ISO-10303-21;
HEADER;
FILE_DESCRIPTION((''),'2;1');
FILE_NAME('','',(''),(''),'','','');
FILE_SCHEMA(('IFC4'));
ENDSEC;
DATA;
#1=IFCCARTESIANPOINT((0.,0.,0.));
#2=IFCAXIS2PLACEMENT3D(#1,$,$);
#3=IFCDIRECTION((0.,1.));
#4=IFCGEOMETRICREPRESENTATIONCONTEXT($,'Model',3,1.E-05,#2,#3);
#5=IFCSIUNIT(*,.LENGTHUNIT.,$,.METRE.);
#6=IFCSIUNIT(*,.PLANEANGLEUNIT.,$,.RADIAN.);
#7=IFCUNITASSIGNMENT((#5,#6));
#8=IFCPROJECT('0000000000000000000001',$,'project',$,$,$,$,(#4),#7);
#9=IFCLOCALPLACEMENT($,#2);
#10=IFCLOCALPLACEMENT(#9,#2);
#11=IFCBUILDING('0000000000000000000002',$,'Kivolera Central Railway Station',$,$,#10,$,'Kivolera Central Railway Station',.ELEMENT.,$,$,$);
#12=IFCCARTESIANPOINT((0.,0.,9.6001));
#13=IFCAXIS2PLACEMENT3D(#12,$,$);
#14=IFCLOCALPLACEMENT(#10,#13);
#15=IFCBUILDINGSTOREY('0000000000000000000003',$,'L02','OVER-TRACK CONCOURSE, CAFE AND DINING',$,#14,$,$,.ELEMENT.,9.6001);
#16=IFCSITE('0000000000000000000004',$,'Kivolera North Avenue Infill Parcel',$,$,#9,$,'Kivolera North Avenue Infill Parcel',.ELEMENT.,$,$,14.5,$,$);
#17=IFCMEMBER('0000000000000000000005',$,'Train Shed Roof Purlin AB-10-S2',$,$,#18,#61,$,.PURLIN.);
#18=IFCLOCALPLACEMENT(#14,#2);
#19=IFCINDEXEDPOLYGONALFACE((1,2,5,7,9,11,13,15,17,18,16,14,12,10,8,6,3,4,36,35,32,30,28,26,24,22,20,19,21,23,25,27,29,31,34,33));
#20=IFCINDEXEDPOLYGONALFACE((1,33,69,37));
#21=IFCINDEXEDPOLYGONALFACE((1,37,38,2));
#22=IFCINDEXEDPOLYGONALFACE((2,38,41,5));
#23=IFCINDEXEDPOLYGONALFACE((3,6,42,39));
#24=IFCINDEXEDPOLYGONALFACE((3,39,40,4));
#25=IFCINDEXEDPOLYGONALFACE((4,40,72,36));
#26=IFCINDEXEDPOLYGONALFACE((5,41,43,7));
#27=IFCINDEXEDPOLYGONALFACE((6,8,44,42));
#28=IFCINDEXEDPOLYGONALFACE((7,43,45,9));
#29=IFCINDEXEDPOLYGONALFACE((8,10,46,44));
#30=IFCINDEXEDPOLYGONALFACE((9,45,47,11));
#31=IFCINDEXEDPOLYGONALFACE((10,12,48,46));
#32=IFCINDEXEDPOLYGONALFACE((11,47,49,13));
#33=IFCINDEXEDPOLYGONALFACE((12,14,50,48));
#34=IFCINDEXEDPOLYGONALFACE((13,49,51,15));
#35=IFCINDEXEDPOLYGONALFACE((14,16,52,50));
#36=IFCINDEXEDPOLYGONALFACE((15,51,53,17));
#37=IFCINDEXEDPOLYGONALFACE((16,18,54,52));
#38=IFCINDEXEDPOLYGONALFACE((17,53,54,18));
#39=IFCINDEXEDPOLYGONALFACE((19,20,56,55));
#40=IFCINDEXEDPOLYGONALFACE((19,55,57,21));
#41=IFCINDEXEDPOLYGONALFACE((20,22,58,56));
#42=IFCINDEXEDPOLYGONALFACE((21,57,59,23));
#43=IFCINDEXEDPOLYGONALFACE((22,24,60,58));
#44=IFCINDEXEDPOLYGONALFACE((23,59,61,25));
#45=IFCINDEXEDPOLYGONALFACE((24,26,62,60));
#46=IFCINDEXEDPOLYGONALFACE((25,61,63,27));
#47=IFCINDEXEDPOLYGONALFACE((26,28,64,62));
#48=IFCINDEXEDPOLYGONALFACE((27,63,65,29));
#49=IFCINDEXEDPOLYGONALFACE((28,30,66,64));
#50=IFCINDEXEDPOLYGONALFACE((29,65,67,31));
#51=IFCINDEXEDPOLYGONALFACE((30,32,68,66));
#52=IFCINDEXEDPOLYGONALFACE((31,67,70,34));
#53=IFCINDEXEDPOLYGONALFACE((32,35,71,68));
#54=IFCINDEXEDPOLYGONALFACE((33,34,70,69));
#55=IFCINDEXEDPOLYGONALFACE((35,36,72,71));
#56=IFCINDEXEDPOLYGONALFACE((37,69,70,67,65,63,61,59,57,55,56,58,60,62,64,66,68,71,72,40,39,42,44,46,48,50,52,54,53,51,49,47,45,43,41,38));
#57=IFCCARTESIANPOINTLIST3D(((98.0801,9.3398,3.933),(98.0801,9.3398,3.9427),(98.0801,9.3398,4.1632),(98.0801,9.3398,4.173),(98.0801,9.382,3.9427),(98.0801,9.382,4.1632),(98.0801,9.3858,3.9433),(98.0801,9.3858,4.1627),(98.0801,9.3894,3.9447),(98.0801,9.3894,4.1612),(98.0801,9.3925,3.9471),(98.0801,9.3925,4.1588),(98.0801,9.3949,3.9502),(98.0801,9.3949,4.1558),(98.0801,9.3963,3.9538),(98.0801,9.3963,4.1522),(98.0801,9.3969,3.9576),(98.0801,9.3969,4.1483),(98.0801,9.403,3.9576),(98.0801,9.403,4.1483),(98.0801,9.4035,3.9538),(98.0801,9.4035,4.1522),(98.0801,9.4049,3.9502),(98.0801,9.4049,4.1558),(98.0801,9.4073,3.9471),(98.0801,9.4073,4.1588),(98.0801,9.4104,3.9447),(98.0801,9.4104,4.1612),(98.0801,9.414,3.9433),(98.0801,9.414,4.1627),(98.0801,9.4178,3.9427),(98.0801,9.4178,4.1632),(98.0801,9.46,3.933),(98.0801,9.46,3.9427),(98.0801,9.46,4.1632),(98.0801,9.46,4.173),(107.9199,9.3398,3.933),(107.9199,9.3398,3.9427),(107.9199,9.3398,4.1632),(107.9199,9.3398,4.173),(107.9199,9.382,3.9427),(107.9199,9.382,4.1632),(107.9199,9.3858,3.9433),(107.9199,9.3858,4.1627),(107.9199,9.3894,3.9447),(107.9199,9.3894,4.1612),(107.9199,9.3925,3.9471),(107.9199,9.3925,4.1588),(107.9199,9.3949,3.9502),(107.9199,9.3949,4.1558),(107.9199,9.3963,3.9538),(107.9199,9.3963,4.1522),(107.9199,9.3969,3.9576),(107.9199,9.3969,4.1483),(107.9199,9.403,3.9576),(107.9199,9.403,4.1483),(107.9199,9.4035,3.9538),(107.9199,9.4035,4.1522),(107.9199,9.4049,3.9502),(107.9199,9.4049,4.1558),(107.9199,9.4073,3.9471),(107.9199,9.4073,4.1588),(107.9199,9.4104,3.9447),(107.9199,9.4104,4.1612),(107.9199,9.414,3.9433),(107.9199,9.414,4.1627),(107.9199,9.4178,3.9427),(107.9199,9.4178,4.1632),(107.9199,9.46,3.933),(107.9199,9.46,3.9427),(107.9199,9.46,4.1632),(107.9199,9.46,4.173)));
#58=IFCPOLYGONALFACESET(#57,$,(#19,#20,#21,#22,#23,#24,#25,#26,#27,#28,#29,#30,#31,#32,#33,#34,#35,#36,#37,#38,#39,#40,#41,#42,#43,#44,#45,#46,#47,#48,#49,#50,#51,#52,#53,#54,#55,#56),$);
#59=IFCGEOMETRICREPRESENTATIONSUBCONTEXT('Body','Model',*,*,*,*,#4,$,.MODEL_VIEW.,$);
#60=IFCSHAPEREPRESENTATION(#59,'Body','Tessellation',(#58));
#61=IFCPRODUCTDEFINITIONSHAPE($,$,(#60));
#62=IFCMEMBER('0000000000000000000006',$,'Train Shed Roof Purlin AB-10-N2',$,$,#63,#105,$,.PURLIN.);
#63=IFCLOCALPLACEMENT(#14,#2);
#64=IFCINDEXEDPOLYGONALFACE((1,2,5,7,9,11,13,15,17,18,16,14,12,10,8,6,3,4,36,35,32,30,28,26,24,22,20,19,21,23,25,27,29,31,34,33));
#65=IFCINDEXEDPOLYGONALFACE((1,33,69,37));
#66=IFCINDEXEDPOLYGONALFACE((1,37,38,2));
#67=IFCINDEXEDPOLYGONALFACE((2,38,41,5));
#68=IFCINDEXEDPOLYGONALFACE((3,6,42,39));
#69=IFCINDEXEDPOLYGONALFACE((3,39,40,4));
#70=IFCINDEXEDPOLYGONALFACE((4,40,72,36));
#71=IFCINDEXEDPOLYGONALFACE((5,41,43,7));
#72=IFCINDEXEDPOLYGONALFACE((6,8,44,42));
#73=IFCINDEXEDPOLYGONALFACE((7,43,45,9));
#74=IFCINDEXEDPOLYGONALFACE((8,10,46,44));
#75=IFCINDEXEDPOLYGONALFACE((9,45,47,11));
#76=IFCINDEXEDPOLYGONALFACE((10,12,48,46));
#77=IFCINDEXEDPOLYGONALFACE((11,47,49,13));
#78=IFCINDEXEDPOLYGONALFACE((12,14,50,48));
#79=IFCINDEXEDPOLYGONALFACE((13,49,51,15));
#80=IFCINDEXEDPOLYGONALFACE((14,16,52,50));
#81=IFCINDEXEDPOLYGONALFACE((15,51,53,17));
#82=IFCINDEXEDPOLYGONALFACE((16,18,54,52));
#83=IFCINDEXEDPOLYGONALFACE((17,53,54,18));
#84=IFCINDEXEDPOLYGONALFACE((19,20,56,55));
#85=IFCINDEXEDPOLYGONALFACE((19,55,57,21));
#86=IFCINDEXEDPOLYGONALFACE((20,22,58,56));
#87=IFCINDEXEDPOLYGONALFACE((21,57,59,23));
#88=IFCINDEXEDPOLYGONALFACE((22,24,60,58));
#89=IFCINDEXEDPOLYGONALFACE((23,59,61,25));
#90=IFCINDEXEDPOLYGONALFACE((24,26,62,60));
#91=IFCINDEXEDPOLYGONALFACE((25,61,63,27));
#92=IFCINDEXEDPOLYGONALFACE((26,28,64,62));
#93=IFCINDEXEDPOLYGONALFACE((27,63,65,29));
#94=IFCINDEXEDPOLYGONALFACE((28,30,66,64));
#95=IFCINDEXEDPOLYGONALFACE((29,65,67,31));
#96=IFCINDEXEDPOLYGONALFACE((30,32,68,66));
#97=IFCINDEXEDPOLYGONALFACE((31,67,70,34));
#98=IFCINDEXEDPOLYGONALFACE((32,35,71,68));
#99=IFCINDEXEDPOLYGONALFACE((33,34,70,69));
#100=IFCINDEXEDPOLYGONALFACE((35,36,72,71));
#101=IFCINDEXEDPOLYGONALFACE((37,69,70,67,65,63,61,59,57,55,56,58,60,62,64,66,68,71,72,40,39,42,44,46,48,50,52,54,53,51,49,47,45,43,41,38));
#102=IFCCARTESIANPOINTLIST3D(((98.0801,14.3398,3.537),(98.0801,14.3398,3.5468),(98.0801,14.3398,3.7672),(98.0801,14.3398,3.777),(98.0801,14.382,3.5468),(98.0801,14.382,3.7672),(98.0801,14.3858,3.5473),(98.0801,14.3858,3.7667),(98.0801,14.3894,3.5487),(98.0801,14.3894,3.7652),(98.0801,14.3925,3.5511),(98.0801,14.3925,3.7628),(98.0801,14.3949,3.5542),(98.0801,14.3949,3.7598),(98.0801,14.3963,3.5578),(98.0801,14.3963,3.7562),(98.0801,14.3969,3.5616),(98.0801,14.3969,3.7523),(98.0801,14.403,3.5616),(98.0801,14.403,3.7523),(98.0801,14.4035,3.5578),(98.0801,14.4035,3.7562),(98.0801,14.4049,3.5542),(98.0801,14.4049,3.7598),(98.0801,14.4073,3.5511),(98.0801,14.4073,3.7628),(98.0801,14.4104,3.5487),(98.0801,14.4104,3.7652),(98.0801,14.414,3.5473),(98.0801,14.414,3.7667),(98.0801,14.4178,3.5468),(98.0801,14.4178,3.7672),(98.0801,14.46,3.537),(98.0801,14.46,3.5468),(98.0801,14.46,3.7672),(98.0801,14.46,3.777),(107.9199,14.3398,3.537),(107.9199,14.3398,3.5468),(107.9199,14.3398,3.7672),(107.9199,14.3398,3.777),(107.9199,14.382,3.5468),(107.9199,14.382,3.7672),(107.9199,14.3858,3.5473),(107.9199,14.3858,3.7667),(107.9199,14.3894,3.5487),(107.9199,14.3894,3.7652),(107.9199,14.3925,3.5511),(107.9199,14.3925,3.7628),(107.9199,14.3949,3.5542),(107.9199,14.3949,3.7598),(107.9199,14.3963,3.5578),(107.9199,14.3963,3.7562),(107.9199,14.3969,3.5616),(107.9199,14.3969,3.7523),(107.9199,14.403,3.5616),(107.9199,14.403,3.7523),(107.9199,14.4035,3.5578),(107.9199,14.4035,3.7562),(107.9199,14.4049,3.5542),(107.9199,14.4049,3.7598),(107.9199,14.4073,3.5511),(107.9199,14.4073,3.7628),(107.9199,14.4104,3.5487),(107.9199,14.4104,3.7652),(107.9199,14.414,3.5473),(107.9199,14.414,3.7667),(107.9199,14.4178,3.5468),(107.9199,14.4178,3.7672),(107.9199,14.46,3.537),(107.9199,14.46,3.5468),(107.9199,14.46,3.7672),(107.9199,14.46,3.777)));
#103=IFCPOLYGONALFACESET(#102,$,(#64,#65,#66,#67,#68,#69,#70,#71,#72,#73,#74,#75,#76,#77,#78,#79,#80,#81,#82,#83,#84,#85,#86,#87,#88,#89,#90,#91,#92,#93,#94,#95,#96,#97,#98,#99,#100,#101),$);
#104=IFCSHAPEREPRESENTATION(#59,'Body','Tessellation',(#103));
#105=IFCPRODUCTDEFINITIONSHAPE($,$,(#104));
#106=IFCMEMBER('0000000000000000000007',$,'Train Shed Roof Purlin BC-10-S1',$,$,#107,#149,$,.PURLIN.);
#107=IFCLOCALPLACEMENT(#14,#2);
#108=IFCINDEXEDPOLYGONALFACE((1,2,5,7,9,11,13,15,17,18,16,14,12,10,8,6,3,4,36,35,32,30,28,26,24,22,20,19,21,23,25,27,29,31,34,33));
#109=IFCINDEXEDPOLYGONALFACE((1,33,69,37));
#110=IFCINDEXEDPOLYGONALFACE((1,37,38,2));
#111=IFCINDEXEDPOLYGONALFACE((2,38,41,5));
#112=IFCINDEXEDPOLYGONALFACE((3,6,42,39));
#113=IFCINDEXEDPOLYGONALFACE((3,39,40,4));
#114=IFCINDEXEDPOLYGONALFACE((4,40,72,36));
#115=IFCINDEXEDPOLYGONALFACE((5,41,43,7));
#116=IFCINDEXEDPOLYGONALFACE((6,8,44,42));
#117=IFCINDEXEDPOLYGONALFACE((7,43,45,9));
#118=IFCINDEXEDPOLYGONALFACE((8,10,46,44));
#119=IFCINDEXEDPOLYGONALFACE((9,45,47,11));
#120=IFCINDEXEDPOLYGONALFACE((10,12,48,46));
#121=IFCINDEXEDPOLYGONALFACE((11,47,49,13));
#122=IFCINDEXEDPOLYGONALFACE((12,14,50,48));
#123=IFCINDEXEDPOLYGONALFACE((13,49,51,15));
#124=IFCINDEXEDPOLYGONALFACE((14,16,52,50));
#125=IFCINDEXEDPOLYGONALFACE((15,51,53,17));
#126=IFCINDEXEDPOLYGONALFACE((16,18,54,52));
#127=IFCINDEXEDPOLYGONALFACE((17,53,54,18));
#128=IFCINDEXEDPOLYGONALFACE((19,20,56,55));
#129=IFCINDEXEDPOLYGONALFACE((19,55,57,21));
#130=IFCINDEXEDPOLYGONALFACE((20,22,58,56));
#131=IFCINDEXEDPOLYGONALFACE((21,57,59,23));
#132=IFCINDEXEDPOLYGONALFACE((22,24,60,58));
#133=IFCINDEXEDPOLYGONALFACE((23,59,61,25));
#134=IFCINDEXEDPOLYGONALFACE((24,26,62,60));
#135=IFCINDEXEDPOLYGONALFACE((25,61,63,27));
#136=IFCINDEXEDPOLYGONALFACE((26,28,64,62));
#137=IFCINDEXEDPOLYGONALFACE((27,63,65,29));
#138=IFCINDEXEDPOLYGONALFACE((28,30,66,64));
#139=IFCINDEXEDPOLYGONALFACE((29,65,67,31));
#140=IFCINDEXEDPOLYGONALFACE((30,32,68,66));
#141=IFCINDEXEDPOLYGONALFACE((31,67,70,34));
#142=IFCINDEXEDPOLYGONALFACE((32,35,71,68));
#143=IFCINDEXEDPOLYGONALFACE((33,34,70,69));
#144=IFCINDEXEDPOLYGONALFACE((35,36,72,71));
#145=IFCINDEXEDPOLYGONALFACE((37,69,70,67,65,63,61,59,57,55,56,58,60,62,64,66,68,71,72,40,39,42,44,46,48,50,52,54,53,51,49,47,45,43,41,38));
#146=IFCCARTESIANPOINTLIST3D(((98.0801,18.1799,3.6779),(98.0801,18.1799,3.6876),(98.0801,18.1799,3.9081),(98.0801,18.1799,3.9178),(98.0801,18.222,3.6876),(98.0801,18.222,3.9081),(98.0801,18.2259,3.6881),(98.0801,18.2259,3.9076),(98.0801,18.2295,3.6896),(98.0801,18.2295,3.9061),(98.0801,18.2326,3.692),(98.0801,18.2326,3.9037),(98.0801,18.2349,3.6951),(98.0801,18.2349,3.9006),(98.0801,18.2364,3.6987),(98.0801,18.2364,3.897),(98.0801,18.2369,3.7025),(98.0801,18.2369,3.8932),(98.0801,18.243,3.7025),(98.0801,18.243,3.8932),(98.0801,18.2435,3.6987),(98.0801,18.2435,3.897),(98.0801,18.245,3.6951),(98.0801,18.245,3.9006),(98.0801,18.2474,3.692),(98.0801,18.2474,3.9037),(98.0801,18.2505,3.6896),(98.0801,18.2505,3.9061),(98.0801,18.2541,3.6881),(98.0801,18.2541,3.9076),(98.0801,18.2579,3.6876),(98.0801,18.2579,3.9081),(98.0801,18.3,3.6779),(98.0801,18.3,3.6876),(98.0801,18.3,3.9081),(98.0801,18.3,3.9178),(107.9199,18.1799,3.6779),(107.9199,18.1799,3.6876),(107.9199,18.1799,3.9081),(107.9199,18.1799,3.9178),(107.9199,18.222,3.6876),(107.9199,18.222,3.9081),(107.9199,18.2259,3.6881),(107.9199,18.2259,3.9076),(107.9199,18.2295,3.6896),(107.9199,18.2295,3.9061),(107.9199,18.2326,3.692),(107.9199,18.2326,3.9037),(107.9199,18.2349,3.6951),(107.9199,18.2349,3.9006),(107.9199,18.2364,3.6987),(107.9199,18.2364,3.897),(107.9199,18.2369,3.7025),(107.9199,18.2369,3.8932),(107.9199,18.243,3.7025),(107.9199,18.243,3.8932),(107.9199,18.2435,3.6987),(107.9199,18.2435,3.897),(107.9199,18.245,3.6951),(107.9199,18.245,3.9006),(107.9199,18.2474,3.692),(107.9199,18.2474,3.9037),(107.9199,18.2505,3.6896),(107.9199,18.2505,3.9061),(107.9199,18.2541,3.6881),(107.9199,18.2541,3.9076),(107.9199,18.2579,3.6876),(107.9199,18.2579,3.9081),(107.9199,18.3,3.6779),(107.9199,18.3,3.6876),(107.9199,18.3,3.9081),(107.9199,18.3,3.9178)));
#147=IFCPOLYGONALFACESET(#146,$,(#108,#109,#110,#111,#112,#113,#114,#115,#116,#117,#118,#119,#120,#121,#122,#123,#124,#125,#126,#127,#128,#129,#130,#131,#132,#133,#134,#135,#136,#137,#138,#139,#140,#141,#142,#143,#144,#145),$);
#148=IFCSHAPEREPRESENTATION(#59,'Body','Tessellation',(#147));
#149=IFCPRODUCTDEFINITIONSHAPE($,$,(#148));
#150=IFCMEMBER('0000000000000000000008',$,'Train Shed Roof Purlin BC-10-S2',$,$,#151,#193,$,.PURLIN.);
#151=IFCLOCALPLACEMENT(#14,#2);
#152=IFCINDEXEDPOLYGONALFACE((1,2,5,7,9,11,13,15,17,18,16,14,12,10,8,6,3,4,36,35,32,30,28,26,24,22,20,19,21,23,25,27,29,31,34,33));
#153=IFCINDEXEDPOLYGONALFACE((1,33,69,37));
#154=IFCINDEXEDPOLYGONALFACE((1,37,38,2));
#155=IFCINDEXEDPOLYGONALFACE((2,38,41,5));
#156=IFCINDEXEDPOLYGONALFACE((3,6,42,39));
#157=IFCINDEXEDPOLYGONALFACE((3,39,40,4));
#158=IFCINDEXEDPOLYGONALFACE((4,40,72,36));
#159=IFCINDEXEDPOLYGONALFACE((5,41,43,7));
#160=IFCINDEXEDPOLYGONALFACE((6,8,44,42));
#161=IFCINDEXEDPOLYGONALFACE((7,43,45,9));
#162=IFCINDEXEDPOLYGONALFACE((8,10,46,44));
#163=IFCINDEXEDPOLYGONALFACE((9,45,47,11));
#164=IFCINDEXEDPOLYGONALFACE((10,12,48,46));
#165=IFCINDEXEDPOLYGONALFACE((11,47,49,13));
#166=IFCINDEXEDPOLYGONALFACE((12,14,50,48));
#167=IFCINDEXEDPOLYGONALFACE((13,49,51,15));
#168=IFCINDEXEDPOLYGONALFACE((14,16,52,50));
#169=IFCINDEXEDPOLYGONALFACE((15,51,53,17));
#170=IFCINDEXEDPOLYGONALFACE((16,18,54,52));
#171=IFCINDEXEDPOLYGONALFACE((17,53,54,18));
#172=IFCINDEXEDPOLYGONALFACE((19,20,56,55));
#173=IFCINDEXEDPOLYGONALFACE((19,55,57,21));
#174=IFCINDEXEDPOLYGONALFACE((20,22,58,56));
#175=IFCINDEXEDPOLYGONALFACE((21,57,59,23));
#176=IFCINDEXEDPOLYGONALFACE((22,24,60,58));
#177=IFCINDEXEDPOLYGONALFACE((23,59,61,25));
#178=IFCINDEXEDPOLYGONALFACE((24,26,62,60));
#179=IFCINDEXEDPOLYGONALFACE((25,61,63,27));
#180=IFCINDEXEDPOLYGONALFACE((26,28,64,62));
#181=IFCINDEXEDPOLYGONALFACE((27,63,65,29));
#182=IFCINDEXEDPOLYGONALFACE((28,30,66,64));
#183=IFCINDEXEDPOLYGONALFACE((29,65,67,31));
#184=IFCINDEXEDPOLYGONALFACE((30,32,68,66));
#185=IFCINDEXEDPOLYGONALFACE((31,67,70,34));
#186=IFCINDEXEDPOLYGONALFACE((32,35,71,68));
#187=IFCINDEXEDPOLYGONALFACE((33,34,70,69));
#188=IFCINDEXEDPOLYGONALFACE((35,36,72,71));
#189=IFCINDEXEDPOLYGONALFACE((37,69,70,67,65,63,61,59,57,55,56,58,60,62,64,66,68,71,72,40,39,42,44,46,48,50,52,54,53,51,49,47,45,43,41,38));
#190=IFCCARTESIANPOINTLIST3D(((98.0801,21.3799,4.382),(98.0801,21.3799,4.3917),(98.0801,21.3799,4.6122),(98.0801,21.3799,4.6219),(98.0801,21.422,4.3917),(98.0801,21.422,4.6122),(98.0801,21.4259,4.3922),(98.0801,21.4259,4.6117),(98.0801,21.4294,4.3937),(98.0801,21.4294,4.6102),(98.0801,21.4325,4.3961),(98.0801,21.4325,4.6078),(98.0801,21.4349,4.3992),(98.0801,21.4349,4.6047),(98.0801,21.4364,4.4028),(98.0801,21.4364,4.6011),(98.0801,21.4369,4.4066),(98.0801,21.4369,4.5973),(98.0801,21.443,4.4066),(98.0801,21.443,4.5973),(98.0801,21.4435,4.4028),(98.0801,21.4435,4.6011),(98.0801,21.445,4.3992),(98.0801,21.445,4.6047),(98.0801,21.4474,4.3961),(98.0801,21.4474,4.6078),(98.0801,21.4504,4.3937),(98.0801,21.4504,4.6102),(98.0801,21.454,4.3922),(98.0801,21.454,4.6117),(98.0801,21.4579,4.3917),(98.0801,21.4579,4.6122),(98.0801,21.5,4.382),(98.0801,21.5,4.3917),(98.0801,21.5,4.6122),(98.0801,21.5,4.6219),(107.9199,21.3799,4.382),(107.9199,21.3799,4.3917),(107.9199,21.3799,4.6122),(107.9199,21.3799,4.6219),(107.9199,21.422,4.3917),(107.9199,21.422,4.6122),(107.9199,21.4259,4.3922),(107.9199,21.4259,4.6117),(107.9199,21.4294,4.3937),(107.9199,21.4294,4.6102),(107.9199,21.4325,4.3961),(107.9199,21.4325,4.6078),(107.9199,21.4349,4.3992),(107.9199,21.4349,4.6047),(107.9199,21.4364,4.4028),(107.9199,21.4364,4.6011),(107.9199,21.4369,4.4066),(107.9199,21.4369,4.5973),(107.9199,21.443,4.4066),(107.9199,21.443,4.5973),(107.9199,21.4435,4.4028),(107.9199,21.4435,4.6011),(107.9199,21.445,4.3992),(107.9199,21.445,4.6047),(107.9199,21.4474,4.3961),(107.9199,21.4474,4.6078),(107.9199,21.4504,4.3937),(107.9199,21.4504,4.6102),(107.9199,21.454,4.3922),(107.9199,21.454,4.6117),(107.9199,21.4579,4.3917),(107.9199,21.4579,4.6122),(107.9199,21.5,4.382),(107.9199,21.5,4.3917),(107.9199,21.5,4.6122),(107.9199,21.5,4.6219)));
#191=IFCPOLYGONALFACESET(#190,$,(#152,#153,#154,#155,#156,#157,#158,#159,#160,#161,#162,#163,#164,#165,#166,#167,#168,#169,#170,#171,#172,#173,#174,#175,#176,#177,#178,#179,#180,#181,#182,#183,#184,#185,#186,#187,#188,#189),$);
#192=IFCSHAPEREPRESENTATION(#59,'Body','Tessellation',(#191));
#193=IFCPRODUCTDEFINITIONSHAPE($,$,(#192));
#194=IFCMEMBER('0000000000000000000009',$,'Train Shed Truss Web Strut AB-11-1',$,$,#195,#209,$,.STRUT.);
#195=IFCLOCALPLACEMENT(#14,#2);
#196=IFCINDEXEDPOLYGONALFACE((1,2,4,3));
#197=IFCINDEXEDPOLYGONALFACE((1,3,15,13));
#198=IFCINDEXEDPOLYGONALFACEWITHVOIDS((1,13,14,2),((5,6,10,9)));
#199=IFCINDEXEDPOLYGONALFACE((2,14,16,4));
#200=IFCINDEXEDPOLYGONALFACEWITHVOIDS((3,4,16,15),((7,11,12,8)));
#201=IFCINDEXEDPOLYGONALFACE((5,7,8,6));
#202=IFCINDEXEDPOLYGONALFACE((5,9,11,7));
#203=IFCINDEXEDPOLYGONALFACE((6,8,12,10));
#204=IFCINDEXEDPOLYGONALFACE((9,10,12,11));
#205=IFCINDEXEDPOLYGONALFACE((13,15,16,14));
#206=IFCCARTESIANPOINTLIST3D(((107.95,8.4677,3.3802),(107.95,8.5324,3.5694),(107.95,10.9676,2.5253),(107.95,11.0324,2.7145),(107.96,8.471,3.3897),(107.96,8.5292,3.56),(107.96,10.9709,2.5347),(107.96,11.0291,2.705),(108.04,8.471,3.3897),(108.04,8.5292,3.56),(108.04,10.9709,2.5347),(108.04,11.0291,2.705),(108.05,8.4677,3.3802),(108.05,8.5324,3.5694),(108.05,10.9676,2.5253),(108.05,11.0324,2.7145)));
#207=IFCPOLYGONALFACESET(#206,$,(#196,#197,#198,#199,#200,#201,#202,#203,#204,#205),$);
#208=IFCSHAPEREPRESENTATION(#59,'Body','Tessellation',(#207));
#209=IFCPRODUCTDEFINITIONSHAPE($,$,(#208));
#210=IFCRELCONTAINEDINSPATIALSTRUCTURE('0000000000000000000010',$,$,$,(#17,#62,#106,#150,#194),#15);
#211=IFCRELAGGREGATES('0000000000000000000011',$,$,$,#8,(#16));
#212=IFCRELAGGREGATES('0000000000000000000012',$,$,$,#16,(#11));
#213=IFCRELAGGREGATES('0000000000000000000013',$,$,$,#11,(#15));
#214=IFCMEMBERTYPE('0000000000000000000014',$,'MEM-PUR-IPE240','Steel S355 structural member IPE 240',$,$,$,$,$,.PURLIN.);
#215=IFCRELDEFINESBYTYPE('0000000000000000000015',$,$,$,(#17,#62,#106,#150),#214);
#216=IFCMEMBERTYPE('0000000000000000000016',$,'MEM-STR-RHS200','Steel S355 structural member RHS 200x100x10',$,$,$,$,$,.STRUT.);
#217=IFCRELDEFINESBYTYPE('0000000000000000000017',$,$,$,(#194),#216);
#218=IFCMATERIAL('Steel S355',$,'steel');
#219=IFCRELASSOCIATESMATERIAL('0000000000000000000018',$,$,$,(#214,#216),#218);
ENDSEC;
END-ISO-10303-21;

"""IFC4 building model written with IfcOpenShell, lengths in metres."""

from ifc_helpers import new_model, si_unit, direction, frame, origin, origin_2d, place, context, subcontext, project, spatial, hollow_rectangle, i_section, extrude, material, material_profile, profile_set, type_object, element, save


model = new_model("IFC4")

# Units and contexts
model_context = context("Model", 3, precision=1e-05, world=origin(), true_north=direction((0.0, 1.0)))
body_context = subcontext(model_context, "Body", "Model", "MODEL_VIEW")
ifc_project = project(units=[si_unit("LENGTHUNIT", "METRE"), si_unit("PLANEANGLEUNIT", "RADIAN")], contexts=[model_context])

# Site, building, storey
site_placement = place(None, origin())
site = spatial("IfcSite", under=ifc_project, at=site_placement, Name="Kivolera North Avenue Infill Parcel", LongName="Kivolera North Avenue Infill Parcel", CompositionType="ELEMENT", RefElevation=14.5)
building_placement = place(site_placement, origin())
building = spatial("IfcBuilding", under=site, at=building_placement, Name="Kivolera Central Railway Station", LongName="Kivolera Central Railway Station", CompositionType="ELEMENT")
storey_placement = place(building_placement, frame((0.0, 0.0, 9.6001)))
storey = spatial("IfcBuildingStorey", under=building, at=storey_placement, Name="L02", Description="OVER-TRACK CONCOURSE, CAFE AND DINING", CompositionType="ELEMENT", Elevation=9.6001)

# Shared definitions
ifc_material_1 = material(Name="Steel S355", Category="steel")

# Members
ifc_material_profile_1 = material_profile(ifc_material_1, i_section(OverallWidth=0.1201, OverallDepth=0.24, WebThickness=0.0061, FlangeThickness=0.0098, FilletRadius=0.0149, at=origin_2d()), Name="IPE 240")
ifc_profile_set_1 = profile_set([ifc_material_profile_1], Name="Steel S355")
member_type_1 = type_object("IfcMemberType", Name="MEM-PUR-IPE240", Description="Steel S355 structural member IPE 240", PredefinedType="PURLIN", material=ifc_profile_set_1)
for number, where, z_axis, x_axis, name in (
    (1, (98.0801, 9.3999, 4.053), (1.0, 0.0, 0.0), (0.0, 1.0, 0.0), "Train Shed Roof Purlin AB-10-S2"),
    (2, (98.0801, 14.3999, 3.657), (1.0, 0.0, 0.0), (0.0, 1.0, 0.0), "Train Shed Roof Purlin AB-10-N2"),
    (3, (98.0801, 18.24, 3.7979), (1.0, 0.0, 0.0), (0.0, 1.0, 0.0), "Train Shed Roof Purlin BC-10-S1"),
    (4, (98.0801, 21.4399, 4.502), (1.0, 0.0, 0.0), (0.0, 1.0, 0.0), "Train Shed Roof Purlin BC-10-S2"),
):
    element("IfcMember", number, at=place(storey_placement, frame(where, z_axis=z_axis, x_axis=x_axis)), inside=storey, type_object=member_type_1, Name=name, PredefinedType="PURLIN", context=body_context, shape_type="SweptSolid", body=[
        extrude(i_section(OverallWidth=0.1201, OverallDepth=0.24, WebThickness=0.0061, FlangeThickness=0.0098, FilletRadius=0.0149, at=origin_2d()), origin(), (0.0, 0.0, 1.0), 9.8398),
    ])
ifc_material_profile_2 = material_profile(ifc_material_1, hollow_rectangle(XDim=0.1001, YDim=0.2, WallThickness=0.01, at=origin_2d()), Name="RHS 200x100x10")
ifc_profile_set_2 = profile_set([ifc_material_profile_2], Name="Steel S355")
member_type_2 = type_object("IfcMemberType", Name="MEM-STR-RHS200", Description="Steel S355 structural member RHS 200x100x10", PredefinedType="STRUT", material=ifc_profile_set_2)
for number, where, z_axis, x_axis, name in (
    (5, (108.0, 11.0, 2.6199), (0.0, -0.946197, 0.323592), (1.0, 0.0, 0.0), "Train Shed Truss Web Strut AB-11-1"),
):
    element("IfcMember", number, at=place(storey_placement, frame(where, z_axis=z_axis, x_axis=x_axis)), inside=storey, type_object=member_type_2, Name=name, PredefinedType="STRUT", context=body_context, shape_type="SweptSolid", body=[
        extrude(hollow_rectangle(XDim=0.1001, YDim=0.2, WallThickness=0.01, at=origin_2d()), origin(), (0.0, 0.0, 1.0), 2.6421),
    ])

save(model, "model.ifc")
